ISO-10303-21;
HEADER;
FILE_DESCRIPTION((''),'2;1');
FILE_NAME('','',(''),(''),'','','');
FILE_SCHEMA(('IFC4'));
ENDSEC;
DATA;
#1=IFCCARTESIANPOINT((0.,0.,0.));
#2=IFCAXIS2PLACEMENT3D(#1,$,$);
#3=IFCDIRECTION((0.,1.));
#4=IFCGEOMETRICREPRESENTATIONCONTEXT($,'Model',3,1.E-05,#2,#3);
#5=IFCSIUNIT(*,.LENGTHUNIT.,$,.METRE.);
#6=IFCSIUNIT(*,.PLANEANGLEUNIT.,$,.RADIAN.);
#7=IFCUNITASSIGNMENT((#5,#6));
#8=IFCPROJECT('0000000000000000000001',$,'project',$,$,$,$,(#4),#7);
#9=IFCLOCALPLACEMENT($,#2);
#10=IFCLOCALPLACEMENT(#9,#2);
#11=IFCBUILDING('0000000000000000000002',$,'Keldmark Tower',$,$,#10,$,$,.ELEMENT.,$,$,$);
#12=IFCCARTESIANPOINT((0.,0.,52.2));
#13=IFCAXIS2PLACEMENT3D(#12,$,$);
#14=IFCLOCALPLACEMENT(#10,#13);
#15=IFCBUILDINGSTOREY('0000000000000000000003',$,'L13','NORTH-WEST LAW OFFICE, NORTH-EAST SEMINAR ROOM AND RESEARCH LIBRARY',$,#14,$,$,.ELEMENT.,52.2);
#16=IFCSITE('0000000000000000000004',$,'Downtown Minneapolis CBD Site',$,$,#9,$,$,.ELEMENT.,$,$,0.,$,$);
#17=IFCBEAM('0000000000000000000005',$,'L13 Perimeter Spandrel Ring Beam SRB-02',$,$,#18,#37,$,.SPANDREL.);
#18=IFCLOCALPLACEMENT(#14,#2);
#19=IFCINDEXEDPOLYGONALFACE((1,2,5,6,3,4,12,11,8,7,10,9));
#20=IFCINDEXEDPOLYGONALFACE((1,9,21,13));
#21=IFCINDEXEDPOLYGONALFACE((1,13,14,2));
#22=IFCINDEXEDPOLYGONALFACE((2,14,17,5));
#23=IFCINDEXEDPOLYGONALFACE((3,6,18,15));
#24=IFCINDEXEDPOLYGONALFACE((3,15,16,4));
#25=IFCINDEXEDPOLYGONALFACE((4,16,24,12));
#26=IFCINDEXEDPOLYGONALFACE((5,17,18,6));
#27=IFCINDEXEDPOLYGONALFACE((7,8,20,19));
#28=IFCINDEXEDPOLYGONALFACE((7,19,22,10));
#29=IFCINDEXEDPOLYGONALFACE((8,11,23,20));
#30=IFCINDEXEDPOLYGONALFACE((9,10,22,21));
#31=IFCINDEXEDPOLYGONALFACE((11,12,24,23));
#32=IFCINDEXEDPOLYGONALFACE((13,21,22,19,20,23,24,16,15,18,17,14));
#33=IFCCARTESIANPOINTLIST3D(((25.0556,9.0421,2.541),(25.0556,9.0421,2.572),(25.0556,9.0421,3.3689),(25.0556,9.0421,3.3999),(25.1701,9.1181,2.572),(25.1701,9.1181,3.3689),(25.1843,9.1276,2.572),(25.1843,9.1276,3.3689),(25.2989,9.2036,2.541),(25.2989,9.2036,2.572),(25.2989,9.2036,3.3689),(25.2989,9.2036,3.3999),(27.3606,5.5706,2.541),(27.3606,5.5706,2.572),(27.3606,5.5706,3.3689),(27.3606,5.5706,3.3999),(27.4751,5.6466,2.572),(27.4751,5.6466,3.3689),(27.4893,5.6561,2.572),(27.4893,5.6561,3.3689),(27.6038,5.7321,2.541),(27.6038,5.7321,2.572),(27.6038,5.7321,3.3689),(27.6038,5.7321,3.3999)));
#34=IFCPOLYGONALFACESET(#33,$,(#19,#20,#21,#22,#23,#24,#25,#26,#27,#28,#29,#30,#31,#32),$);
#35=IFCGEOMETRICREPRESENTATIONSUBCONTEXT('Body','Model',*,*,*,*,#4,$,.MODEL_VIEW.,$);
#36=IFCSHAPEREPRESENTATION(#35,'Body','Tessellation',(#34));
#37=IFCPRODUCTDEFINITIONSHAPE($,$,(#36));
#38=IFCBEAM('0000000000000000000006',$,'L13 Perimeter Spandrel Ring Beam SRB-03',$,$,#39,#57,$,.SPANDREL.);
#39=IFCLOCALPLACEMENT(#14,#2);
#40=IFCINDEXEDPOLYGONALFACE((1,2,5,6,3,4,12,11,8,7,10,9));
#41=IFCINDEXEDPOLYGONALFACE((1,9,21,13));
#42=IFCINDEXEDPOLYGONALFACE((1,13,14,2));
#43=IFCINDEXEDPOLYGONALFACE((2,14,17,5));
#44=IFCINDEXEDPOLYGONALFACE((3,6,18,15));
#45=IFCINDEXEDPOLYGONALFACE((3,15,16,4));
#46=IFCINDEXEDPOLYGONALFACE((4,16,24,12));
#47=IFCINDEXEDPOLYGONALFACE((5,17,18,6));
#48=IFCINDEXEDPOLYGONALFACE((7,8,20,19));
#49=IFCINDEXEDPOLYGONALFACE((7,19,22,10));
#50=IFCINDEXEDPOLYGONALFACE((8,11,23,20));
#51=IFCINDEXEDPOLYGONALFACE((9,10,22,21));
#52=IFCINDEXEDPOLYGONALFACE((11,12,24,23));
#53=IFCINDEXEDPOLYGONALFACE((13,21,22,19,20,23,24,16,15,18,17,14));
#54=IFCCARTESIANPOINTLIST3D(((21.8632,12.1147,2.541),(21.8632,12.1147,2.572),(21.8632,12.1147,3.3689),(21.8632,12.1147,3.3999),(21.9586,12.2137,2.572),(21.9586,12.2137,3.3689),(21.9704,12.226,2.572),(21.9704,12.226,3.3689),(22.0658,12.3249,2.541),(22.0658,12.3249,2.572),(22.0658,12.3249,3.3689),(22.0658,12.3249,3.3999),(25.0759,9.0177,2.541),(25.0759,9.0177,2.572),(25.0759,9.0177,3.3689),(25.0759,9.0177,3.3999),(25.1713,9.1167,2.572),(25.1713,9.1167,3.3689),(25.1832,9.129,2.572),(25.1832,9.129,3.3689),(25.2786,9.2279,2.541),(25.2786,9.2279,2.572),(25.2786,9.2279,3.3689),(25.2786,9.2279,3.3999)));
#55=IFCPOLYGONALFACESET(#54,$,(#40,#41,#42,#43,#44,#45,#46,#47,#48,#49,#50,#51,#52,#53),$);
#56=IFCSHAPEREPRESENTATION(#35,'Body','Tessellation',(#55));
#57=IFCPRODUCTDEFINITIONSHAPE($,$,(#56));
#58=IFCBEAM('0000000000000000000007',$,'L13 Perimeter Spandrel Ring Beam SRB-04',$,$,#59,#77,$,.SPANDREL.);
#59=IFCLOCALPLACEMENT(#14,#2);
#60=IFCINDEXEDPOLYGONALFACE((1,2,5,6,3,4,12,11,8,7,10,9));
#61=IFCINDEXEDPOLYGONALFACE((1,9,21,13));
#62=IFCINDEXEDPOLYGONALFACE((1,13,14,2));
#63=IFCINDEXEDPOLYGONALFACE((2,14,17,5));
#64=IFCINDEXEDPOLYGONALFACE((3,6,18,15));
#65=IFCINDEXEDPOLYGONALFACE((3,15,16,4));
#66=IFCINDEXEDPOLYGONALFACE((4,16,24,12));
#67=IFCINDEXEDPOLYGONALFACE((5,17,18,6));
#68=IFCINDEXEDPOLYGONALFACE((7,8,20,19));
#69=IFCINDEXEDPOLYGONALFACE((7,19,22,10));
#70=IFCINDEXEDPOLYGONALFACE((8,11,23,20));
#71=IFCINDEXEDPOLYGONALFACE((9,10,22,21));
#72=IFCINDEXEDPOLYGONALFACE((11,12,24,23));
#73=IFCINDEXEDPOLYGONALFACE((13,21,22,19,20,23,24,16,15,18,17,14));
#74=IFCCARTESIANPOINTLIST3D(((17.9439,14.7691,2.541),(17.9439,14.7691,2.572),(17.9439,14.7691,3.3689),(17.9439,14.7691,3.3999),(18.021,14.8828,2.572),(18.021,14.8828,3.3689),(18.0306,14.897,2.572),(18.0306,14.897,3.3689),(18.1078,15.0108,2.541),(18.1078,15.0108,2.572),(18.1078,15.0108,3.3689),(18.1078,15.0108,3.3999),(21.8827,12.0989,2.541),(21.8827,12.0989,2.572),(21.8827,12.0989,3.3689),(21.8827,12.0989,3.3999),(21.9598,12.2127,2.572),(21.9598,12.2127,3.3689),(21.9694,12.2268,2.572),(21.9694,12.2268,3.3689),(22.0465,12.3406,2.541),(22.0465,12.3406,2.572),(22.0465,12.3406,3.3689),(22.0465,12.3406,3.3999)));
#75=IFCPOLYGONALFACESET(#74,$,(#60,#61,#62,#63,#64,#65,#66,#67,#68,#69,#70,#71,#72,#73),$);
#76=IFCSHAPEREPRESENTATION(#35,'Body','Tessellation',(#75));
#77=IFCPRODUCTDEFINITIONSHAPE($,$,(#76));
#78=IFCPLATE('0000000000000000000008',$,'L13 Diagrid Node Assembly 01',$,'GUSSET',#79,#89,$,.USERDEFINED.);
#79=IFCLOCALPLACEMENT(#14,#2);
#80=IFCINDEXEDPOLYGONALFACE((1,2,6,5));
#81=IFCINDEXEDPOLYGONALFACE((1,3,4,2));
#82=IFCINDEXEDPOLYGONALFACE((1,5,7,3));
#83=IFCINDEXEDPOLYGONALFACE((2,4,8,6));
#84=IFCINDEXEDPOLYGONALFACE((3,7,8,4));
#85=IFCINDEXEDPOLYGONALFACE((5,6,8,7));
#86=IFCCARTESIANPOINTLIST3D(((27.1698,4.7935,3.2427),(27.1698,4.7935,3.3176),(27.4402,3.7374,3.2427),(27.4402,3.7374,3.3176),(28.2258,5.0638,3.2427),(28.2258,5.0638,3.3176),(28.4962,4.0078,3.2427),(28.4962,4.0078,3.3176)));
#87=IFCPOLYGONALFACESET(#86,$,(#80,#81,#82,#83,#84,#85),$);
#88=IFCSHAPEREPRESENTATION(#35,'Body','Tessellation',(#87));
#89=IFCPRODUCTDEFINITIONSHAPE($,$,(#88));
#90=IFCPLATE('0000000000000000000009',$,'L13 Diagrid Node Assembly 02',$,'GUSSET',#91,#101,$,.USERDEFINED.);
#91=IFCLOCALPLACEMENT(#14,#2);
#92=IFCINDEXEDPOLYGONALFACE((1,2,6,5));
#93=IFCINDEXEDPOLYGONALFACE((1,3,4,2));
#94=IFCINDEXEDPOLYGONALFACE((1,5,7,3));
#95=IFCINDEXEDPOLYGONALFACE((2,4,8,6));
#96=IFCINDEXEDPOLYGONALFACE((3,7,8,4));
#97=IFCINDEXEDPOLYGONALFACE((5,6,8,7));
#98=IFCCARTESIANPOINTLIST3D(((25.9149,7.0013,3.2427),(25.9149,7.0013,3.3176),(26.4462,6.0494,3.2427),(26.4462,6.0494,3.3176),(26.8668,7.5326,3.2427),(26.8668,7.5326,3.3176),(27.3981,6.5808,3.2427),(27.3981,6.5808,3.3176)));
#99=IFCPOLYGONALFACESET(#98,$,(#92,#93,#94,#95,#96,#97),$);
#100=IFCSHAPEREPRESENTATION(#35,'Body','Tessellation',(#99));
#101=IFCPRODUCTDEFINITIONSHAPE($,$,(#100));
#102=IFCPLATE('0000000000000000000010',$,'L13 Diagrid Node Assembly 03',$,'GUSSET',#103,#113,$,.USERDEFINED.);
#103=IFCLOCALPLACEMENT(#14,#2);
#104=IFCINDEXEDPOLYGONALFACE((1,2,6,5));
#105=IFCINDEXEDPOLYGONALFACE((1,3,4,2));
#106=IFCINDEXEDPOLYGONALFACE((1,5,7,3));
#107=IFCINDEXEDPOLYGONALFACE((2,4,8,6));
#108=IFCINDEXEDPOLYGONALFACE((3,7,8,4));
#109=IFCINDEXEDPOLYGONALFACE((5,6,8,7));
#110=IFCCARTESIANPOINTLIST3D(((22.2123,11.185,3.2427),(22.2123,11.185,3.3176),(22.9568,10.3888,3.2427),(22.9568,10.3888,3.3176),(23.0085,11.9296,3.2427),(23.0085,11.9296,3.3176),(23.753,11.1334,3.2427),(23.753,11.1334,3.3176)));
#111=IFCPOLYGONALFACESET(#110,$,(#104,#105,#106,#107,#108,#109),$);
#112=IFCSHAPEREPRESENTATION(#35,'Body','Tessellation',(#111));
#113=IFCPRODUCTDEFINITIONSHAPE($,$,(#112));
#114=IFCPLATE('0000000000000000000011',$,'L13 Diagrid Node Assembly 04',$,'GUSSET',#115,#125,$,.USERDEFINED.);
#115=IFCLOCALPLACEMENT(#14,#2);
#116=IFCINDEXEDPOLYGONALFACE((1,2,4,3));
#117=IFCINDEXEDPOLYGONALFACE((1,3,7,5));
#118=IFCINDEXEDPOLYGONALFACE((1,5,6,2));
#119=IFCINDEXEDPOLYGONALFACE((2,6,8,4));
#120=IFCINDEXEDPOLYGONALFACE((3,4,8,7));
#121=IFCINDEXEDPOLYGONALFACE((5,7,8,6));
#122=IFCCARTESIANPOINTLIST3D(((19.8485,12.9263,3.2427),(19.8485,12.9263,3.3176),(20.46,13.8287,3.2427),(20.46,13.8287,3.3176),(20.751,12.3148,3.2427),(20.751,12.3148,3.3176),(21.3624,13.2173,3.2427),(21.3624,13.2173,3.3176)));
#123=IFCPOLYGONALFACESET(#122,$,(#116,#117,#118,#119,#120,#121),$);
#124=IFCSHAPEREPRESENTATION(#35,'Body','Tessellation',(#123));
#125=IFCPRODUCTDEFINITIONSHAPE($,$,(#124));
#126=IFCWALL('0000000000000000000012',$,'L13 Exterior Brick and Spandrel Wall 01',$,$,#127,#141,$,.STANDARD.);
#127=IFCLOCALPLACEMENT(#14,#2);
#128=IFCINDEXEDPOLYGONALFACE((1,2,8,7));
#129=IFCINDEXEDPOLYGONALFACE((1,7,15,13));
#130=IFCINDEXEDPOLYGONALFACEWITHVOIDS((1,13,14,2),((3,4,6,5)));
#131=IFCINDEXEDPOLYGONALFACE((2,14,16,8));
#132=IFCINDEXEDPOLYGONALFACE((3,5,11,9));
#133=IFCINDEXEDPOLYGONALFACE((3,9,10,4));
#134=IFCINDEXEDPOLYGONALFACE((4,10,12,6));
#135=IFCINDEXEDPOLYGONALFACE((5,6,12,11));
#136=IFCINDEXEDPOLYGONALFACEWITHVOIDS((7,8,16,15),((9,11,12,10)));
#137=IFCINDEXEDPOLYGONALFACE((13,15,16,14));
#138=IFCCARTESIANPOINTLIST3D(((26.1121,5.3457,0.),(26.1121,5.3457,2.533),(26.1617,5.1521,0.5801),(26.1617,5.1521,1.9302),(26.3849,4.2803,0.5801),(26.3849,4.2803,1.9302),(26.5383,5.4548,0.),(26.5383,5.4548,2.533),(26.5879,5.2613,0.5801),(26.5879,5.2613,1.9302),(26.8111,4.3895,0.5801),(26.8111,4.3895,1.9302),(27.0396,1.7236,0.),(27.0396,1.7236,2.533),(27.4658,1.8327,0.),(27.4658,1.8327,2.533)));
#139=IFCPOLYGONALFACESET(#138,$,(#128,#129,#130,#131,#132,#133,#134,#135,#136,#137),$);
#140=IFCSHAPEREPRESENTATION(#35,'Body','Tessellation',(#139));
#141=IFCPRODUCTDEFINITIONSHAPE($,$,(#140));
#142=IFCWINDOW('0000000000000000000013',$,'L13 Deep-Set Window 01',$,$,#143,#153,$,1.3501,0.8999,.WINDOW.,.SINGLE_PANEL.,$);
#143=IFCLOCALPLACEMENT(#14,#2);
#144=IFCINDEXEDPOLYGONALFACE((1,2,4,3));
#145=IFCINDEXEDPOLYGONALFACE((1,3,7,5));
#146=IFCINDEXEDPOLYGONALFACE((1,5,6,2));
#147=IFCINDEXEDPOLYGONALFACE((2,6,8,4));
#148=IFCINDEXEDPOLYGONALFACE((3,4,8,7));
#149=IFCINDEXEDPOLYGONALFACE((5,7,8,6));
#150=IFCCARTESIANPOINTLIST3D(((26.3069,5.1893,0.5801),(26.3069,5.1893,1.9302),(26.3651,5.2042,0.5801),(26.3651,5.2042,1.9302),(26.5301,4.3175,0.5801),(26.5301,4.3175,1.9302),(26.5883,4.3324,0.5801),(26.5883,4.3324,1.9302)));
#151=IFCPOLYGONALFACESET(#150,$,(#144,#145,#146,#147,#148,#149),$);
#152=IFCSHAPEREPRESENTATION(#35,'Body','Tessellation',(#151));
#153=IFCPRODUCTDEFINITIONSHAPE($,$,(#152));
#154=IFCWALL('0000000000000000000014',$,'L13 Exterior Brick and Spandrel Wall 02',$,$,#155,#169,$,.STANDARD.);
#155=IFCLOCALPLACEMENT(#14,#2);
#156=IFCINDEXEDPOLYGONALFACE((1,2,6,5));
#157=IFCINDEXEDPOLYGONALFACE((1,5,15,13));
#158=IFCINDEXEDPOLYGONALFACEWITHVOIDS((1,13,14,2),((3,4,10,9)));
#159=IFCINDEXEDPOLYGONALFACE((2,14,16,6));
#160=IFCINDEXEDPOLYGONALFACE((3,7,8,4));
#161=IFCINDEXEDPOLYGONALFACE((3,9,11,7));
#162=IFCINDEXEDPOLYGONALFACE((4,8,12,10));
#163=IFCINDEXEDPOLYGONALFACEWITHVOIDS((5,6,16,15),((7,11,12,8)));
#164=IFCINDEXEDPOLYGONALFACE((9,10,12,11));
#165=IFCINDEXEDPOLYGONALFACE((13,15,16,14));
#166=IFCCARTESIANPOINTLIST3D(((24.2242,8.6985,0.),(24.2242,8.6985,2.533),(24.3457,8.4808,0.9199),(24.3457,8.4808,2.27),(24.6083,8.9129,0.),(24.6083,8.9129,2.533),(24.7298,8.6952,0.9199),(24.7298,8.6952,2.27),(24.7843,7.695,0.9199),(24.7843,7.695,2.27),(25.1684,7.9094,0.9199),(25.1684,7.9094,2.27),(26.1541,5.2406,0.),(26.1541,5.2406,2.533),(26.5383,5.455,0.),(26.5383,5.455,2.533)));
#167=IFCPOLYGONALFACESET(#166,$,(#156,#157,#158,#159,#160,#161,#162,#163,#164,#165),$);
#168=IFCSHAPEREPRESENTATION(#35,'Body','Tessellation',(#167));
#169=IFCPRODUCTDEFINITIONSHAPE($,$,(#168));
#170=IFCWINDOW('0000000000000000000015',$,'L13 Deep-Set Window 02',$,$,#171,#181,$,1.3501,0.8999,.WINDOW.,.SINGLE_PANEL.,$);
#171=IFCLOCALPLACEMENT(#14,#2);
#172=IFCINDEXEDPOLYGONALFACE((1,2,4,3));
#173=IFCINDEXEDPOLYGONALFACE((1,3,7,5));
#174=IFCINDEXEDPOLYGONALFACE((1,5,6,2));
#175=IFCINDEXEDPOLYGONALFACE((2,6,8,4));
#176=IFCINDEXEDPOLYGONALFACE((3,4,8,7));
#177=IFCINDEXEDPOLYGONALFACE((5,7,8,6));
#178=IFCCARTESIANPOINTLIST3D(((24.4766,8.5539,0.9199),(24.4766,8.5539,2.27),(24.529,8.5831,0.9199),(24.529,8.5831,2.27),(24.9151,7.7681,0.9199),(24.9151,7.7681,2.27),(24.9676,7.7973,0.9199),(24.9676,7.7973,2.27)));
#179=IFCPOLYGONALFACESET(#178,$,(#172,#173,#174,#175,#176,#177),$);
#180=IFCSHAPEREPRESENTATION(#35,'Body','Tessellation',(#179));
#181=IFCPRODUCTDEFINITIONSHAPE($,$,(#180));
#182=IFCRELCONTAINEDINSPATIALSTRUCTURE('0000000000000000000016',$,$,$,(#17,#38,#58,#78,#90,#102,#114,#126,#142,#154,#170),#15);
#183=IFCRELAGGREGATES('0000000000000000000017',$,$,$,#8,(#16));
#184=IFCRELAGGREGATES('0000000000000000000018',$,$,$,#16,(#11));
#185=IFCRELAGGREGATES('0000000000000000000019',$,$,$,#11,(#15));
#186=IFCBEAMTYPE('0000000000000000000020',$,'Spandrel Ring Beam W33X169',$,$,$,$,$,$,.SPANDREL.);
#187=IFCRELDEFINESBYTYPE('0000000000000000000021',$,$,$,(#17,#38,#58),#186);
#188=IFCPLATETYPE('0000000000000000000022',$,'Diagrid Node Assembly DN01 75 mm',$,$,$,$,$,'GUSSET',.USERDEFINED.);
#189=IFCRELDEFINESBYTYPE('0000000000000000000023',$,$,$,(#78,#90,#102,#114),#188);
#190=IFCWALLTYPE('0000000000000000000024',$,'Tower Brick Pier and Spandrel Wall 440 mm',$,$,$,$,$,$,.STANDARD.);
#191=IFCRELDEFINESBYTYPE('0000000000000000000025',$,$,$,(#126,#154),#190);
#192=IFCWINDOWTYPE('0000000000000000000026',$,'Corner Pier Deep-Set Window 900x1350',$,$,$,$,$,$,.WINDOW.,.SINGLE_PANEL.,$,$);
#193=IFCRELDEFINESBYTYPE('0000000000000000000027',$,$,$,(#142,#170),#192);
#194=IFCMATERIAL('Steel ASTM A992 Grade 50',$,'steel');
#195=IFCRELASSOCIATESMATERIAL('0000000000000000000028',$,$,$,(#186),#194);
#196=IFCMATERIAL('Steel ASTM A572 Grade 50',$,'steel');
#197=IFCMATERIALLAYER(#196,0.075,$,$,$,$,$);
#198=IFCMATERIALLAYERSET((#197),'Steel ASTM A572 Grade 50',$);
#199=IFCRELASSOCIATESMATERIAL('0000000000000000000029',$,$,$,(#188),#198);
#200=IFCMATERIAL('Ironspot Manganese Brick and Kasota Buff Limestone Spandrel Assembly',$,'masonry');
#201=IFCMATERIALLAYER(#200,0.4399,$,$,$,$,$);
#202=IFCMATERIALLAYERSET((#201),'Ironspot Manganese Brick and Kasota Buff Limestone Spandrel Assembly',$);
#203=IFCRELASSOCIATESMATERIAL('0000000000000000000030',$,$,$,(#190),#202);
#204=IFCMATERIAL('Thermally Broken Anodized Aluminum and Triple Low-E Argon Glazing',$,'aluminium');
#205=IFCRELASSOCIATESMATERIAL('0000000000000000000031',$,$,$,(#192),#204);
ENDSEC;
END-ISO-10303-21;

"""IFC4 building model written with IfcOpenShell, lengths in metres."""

from ifc_helpers import new_model, si_unit, direction, frame, frame_2d, origin, origin_2d, place, context, subcontext, project, spatial, rectangle, i_section, extrude, material, layer, layer_set, material_profile, profile_set, type_object, element, fill, save


model = new_model("IFC4")

# Units and contexts
model_context = context("Model", 3, precision=1e-05, world=origin(), true_north=direction((0.0, 1.0)))
body_context = subcontext(model_context, "Body", "Model", "MODEL_VIEW")
ifc_project = project(units=[si_unit("LENGTHUNIT", "METRE"), si_unit("PLANEANGLEUNIT", "RADIAN")], contexts=[model_context])

# Site, building, storey
site_placement = place(None, origin())
site = spatial("IfcSite", under=ifc_project, at=site_placement, Name="Downtown Minneapolis CBD Site", CompositionType="ELEMENT", RefElevation=0.0)
building_placement = place(site_placement, origin())
building = spatial("IfcBuilding", under=site, at=building_placement, Name="Keldmark Tower", CompositionType="ELEMENT")
storey_placement = place(building_placement, frame((0.0, 0.0, 52.2)))
storey = spatial("IfcBuildingStorey", under=building, at=storey_placement, Name="L13", Description="NORTH-WEST LAW OFFICE, NORTH-EAST SEMINAR ROOM AND RESEARCH LIBRARY", CompositionType="ELEMENT", Elevation=52.2)

# Beams
ifc_material_1 = material(Name="Steel ASTM A992 Grade 50", Category="steel")
ifc_material_profile_1 = material_profile(ifc_material_1, i_section(OverallWidth=0.292, OverallDepth=0.8589, WebThickness=0.0171, FlangeThickness=0.031, at=origin_2d()), Name="W33X169")
ifc_profile_set_1 = profile_set([ifc_material_profile_1], Name="Steel ASTM A992 Grade 50")
beam_type_1 = type_object("IfcBeamType", Name="Spandrel Ring Beam W33X169", PredefinedType="SPANDREL", material=ifc_profile_set_1)
beam_1_placement = place(storey_placement, frame((27.4822, 5.6514, 2.9705), z_axis=(-0.553144, 0.833085, 0.0), x_axis=(-0.833085, -0.553144, 0.0)))
element("IfcBeam", 1, at=beam_1_placement, inside=storey, type_object=beam_type_1, Name="L13 Perimeter Spandrel Ring Beam SRB-02", PredefinedType="SPANDREL", context=body_context, shape_type="SweptSolid", body=[
    extrude(i_section(OverallWidth=0.292, OverallDepth=0.8589, WebThickness=0.0171, FlangeThickness=0.031, at=origin_2d()), origin(), (0.0, 0.0, 1.0), 4.167),
])
beam_2_placement = place(storey_placement, frame((25.1772, 9.1228, 2.9705), z_axis=(-0.719955, 0.694021, 0.0), x_axis=(-0.694021, -0.719955, 0.0)))
element("IfcBeam", 2, at=beam_2_placement, inside=storey, type_object=beam_type_1, Name="L13 Perimeter Spandrel Ring Beam SRB-03", PredefinedType="SPANDREL", context=body_context, shape_type="SweptSolid", body=[
    extrude(i_section(OverallWidth=0.292, OverallDepth=0.8589, WebThickness=0.0171, FlangeThickness=0.031, at=origin_2d()), origin(), (0.0, 0.0, 1.0), 4.4624),
])
beam_3_placement = place(storey_placement, frame((21.9646, 12.2197, 2.9705), z_axis=(-0.827723, 0.561136, 0.0), x_axis=(-0.561136, -0.827723, 0.0)))
element("IfcBeam", 3, at=beam_3_placement, inside=storey, type_object=beam_type_1, Name="L13 Perimeter Spandrel Ring Beam SRB-04", PredefinedType="SPANDREL", context=body_context, shape_type="SweptSolid", body=[
    extrude(i_section(OverallWidth=0.292, OverallDepth=0.8589, WebThickness=0.0171, FlangeThickness=0.031, at=origin_2d()), origin(), (0.0, 0.0, 1.0), 4.7585),
])

# Plates
ifc_material_2 = material(Name="Steel ASTM A572 Grade 50", Category="steel")
ifc_layer_1 = layer(ifc_material_2, 0.075)
ifc_layer_set_1 = layer_set([ifc_layer_1], Name="Steel ASTM A572 Grade 50")
plate_type = type_object("IfcPlateType", Name="Diagrid Node Assembly DN01 75 mm", ElementType="GUSSET", PredefinedType="USERDEFINED", material=ifc_layer_set_1)
for number, where, z_axis, x_axis, name in (
    (4, (27.833, 4.4006, 3.2427), (0.0, 0.0, 1.0), (-0.248014, 0.968757, 0.0), "L13 Diagrid Node Assembly 01"),
    (5, (26.6565, 6.791, 3.2427), (0.0, 0.0, 1.0), (-0.487403, 0.873177, 0.0), "L13 Diagrid Node Assembly 02"),
    (6, (22.9827, 11.1592, 3.2427), (0.0, 0.0, 1.0), (-0.683019, 0.730401, 0.0), "L13 Diagrid Node Assembly 03"),
    (7, (20.6055, 13.0718, 3.2427), (0.0, 0.0, 1.0), (-0.827865, 0.560928, 0.0), "L13 Diagrid Node Assembly 04"),
):
    element("IfcPlate", number, at=place(storey_placement, frame(where, z_axis=z_axis, x_axis=x_axis)), inside=storey, type_object=plate_type, Name=name, ObjectType="GUSSET", PredefinedType="USERDEFINED", context=body_context, shape_type="SweptSolid", body=[
        extrude(rectangle(XDim=1.0901, YDim=1.0901, at=origin_2d()), origin(), (0.0, 0.0, 1.0), 0.075),
    ])

# Walls, openings, windows
ifc_material_3 = material(Name="Ironspot Manganese Brick and Kasota Buff Limestone Spandrel Assembly", Category="masonry")
ifc_layer_2 = layer(ifc_material_3, 0.4399)
ifc_layer_set_2 = layer_set([ifc_layer_2], Name="Ironspot Manganese Brick and Kasota Buff Limestone Spandrel Assembly")
wall_type = type_object("IfcWallType", Name="Tower Brick Pier and Spandrel Wall 440 mm", PredefinedType="STANDARD", material=ifc_layer_set_2)
wall_1_placement = place(storey_placement, frame((26.3252, 5.4004, 0.0), z_axis=(0.0, 0.0, 1.0), x_axis=(0.248063, -0.968744, 0.0)))
wall_1 = element("IfcWall", 8, at=wall_1_placement, inside=storey, type_object=wall_type, Name="L13 Exterior Brick and Spandrel Wall 01", PredefinedType="STANDARD", context=body_context, shape_type="SweptSolid", body=[
    extrude(rectangle(XDim=3.739, YDim=0.4399, at=frame_2d((1.8696, 0.0))), origin(), (0.0, 0.0, 1.0), 2.533),
])
opening_1_placement = place(wall_1_placement, frame((0.2, 0.0, 0.5801)))
opening_1 = element("IfcOpeningElement", 9, at=opening_1_placement, cuts=wall_1, PredefinedType="OPENING", context=body_context, shape_type="SweptSolid", body=[
    extrude(rectangle(XDim=0.8999, YDim=1.3501, at=frame_2d((0.45, 0.675))), frame((0.0, 0.23, 0.0), z_axis=(0.0, -1.0, 0.0), x_axis=(1.0, 0.0, 0.0)), (0.0, 0.0, 1.0), 0.46),
])
ifc_material_4 = material(Name="Thermally Broken Anodized Aluminum and Triple Low-E Argon Glazing", Category="aluminium")
window_type = type_object("IfcWindowType", Name="Corner Pier Deep-Set Window 900x1350", PartitioningType="SINGLE_PANEL", PredefinedType="WINDOW", material=ifc_material_4)
window_1_placement = place(opening_1_placement, origin())
window_1 = element("IfcWindow", 10, at=window_1_placement, inside=storey, type_object=window_type, Name="L13 Deep-Set Window 01", OverallHeight=1.3501, OverallWidth=0.8999, PartitioningType="SINGLE_PANEL", PredefinedType="WINDOW", context=body_context, shape_type="SweptSolid", body=[
    extrude(rectangle(XDim=0.8999, YDim=1.3501, at=frame_2d((0.45, 0.675))), frame((0.0, -0.01, 0.0), z_axis=(0.0, -1.0, 0.0), x_axis=(1.0, 0.0, 0.0)), (0.0, 0.0, 1.0), 0.0601),
])
fill(opening_1, window_1)
wall_2_placement = place(storey_placement, frame((24.4163, 8.8057, 0.0), z_axis=(0.0, 0.0, 1.0), x_axis=(0.487369, -0.873196, 0.0)))
wall_2 = element("IfcWall", 11, at=wall_2_placement, inside=storey, type_object=wall_type, Name="L13 Exterior Brick and Spandrel Wall 02", PredefinedType="STANDARD", context=body_context, shape_type="SweptSolid", body=[
    extrude(rectangle(XDim=3.96, YDim=0.4399, at=frame_2d((1.98, 0.0))), origin(), (0.0, 0.0, 1.0), 2.533),
])
opening_2_placement = place(wall_2_placement, frame((0.2493, 0.0, 0.9199)))
opening_2 = element("IfcOpeningElement", 12, at=opening_2_placement, cuts=wall_2, PredefinedType="OPENING", context=body_context, shape_type="SweptSolid", body=[
    extrude(rectangle(XDim=0.8999, YDim=1.3501, at=frame_2d((0.45, 0.675))), frame((0.0, 0.23, 0.0), z_axis=(0.0, -1.0, 0.0), x_axis=(1.0, 0.0, 0.0)), (0.0, 0.0, 1.0), 0.46),
])
window_2_placement = place(opening_2_placement, origin())
window_2 = element("IfcWindow", 13, at=window_2_placement, inside=storey, type_object=window_type, Name="L13 Deep-Set Window 02", OverallHeight=1.3501, OverallWidth=0.8999, PartitioningType="SINGLE_PANEL", PredefinedType="WINDOW", context=body_context, shape_type="SweptSolid", body=[
    extrude(rectangle(XDim=0.8999, YDim=1.3501, at=frame_2d((0.45, 0.675))), frame((0.0, -0.01, 0.0), z_axis=(0.0, -1.0, 0.0), x_axis=(1.0, 0.0, 0.0)), (0.0, 0.0, 1.0), 0.0601),
])
fill(opening_2, window_2)

save(model, "model.ifc")
